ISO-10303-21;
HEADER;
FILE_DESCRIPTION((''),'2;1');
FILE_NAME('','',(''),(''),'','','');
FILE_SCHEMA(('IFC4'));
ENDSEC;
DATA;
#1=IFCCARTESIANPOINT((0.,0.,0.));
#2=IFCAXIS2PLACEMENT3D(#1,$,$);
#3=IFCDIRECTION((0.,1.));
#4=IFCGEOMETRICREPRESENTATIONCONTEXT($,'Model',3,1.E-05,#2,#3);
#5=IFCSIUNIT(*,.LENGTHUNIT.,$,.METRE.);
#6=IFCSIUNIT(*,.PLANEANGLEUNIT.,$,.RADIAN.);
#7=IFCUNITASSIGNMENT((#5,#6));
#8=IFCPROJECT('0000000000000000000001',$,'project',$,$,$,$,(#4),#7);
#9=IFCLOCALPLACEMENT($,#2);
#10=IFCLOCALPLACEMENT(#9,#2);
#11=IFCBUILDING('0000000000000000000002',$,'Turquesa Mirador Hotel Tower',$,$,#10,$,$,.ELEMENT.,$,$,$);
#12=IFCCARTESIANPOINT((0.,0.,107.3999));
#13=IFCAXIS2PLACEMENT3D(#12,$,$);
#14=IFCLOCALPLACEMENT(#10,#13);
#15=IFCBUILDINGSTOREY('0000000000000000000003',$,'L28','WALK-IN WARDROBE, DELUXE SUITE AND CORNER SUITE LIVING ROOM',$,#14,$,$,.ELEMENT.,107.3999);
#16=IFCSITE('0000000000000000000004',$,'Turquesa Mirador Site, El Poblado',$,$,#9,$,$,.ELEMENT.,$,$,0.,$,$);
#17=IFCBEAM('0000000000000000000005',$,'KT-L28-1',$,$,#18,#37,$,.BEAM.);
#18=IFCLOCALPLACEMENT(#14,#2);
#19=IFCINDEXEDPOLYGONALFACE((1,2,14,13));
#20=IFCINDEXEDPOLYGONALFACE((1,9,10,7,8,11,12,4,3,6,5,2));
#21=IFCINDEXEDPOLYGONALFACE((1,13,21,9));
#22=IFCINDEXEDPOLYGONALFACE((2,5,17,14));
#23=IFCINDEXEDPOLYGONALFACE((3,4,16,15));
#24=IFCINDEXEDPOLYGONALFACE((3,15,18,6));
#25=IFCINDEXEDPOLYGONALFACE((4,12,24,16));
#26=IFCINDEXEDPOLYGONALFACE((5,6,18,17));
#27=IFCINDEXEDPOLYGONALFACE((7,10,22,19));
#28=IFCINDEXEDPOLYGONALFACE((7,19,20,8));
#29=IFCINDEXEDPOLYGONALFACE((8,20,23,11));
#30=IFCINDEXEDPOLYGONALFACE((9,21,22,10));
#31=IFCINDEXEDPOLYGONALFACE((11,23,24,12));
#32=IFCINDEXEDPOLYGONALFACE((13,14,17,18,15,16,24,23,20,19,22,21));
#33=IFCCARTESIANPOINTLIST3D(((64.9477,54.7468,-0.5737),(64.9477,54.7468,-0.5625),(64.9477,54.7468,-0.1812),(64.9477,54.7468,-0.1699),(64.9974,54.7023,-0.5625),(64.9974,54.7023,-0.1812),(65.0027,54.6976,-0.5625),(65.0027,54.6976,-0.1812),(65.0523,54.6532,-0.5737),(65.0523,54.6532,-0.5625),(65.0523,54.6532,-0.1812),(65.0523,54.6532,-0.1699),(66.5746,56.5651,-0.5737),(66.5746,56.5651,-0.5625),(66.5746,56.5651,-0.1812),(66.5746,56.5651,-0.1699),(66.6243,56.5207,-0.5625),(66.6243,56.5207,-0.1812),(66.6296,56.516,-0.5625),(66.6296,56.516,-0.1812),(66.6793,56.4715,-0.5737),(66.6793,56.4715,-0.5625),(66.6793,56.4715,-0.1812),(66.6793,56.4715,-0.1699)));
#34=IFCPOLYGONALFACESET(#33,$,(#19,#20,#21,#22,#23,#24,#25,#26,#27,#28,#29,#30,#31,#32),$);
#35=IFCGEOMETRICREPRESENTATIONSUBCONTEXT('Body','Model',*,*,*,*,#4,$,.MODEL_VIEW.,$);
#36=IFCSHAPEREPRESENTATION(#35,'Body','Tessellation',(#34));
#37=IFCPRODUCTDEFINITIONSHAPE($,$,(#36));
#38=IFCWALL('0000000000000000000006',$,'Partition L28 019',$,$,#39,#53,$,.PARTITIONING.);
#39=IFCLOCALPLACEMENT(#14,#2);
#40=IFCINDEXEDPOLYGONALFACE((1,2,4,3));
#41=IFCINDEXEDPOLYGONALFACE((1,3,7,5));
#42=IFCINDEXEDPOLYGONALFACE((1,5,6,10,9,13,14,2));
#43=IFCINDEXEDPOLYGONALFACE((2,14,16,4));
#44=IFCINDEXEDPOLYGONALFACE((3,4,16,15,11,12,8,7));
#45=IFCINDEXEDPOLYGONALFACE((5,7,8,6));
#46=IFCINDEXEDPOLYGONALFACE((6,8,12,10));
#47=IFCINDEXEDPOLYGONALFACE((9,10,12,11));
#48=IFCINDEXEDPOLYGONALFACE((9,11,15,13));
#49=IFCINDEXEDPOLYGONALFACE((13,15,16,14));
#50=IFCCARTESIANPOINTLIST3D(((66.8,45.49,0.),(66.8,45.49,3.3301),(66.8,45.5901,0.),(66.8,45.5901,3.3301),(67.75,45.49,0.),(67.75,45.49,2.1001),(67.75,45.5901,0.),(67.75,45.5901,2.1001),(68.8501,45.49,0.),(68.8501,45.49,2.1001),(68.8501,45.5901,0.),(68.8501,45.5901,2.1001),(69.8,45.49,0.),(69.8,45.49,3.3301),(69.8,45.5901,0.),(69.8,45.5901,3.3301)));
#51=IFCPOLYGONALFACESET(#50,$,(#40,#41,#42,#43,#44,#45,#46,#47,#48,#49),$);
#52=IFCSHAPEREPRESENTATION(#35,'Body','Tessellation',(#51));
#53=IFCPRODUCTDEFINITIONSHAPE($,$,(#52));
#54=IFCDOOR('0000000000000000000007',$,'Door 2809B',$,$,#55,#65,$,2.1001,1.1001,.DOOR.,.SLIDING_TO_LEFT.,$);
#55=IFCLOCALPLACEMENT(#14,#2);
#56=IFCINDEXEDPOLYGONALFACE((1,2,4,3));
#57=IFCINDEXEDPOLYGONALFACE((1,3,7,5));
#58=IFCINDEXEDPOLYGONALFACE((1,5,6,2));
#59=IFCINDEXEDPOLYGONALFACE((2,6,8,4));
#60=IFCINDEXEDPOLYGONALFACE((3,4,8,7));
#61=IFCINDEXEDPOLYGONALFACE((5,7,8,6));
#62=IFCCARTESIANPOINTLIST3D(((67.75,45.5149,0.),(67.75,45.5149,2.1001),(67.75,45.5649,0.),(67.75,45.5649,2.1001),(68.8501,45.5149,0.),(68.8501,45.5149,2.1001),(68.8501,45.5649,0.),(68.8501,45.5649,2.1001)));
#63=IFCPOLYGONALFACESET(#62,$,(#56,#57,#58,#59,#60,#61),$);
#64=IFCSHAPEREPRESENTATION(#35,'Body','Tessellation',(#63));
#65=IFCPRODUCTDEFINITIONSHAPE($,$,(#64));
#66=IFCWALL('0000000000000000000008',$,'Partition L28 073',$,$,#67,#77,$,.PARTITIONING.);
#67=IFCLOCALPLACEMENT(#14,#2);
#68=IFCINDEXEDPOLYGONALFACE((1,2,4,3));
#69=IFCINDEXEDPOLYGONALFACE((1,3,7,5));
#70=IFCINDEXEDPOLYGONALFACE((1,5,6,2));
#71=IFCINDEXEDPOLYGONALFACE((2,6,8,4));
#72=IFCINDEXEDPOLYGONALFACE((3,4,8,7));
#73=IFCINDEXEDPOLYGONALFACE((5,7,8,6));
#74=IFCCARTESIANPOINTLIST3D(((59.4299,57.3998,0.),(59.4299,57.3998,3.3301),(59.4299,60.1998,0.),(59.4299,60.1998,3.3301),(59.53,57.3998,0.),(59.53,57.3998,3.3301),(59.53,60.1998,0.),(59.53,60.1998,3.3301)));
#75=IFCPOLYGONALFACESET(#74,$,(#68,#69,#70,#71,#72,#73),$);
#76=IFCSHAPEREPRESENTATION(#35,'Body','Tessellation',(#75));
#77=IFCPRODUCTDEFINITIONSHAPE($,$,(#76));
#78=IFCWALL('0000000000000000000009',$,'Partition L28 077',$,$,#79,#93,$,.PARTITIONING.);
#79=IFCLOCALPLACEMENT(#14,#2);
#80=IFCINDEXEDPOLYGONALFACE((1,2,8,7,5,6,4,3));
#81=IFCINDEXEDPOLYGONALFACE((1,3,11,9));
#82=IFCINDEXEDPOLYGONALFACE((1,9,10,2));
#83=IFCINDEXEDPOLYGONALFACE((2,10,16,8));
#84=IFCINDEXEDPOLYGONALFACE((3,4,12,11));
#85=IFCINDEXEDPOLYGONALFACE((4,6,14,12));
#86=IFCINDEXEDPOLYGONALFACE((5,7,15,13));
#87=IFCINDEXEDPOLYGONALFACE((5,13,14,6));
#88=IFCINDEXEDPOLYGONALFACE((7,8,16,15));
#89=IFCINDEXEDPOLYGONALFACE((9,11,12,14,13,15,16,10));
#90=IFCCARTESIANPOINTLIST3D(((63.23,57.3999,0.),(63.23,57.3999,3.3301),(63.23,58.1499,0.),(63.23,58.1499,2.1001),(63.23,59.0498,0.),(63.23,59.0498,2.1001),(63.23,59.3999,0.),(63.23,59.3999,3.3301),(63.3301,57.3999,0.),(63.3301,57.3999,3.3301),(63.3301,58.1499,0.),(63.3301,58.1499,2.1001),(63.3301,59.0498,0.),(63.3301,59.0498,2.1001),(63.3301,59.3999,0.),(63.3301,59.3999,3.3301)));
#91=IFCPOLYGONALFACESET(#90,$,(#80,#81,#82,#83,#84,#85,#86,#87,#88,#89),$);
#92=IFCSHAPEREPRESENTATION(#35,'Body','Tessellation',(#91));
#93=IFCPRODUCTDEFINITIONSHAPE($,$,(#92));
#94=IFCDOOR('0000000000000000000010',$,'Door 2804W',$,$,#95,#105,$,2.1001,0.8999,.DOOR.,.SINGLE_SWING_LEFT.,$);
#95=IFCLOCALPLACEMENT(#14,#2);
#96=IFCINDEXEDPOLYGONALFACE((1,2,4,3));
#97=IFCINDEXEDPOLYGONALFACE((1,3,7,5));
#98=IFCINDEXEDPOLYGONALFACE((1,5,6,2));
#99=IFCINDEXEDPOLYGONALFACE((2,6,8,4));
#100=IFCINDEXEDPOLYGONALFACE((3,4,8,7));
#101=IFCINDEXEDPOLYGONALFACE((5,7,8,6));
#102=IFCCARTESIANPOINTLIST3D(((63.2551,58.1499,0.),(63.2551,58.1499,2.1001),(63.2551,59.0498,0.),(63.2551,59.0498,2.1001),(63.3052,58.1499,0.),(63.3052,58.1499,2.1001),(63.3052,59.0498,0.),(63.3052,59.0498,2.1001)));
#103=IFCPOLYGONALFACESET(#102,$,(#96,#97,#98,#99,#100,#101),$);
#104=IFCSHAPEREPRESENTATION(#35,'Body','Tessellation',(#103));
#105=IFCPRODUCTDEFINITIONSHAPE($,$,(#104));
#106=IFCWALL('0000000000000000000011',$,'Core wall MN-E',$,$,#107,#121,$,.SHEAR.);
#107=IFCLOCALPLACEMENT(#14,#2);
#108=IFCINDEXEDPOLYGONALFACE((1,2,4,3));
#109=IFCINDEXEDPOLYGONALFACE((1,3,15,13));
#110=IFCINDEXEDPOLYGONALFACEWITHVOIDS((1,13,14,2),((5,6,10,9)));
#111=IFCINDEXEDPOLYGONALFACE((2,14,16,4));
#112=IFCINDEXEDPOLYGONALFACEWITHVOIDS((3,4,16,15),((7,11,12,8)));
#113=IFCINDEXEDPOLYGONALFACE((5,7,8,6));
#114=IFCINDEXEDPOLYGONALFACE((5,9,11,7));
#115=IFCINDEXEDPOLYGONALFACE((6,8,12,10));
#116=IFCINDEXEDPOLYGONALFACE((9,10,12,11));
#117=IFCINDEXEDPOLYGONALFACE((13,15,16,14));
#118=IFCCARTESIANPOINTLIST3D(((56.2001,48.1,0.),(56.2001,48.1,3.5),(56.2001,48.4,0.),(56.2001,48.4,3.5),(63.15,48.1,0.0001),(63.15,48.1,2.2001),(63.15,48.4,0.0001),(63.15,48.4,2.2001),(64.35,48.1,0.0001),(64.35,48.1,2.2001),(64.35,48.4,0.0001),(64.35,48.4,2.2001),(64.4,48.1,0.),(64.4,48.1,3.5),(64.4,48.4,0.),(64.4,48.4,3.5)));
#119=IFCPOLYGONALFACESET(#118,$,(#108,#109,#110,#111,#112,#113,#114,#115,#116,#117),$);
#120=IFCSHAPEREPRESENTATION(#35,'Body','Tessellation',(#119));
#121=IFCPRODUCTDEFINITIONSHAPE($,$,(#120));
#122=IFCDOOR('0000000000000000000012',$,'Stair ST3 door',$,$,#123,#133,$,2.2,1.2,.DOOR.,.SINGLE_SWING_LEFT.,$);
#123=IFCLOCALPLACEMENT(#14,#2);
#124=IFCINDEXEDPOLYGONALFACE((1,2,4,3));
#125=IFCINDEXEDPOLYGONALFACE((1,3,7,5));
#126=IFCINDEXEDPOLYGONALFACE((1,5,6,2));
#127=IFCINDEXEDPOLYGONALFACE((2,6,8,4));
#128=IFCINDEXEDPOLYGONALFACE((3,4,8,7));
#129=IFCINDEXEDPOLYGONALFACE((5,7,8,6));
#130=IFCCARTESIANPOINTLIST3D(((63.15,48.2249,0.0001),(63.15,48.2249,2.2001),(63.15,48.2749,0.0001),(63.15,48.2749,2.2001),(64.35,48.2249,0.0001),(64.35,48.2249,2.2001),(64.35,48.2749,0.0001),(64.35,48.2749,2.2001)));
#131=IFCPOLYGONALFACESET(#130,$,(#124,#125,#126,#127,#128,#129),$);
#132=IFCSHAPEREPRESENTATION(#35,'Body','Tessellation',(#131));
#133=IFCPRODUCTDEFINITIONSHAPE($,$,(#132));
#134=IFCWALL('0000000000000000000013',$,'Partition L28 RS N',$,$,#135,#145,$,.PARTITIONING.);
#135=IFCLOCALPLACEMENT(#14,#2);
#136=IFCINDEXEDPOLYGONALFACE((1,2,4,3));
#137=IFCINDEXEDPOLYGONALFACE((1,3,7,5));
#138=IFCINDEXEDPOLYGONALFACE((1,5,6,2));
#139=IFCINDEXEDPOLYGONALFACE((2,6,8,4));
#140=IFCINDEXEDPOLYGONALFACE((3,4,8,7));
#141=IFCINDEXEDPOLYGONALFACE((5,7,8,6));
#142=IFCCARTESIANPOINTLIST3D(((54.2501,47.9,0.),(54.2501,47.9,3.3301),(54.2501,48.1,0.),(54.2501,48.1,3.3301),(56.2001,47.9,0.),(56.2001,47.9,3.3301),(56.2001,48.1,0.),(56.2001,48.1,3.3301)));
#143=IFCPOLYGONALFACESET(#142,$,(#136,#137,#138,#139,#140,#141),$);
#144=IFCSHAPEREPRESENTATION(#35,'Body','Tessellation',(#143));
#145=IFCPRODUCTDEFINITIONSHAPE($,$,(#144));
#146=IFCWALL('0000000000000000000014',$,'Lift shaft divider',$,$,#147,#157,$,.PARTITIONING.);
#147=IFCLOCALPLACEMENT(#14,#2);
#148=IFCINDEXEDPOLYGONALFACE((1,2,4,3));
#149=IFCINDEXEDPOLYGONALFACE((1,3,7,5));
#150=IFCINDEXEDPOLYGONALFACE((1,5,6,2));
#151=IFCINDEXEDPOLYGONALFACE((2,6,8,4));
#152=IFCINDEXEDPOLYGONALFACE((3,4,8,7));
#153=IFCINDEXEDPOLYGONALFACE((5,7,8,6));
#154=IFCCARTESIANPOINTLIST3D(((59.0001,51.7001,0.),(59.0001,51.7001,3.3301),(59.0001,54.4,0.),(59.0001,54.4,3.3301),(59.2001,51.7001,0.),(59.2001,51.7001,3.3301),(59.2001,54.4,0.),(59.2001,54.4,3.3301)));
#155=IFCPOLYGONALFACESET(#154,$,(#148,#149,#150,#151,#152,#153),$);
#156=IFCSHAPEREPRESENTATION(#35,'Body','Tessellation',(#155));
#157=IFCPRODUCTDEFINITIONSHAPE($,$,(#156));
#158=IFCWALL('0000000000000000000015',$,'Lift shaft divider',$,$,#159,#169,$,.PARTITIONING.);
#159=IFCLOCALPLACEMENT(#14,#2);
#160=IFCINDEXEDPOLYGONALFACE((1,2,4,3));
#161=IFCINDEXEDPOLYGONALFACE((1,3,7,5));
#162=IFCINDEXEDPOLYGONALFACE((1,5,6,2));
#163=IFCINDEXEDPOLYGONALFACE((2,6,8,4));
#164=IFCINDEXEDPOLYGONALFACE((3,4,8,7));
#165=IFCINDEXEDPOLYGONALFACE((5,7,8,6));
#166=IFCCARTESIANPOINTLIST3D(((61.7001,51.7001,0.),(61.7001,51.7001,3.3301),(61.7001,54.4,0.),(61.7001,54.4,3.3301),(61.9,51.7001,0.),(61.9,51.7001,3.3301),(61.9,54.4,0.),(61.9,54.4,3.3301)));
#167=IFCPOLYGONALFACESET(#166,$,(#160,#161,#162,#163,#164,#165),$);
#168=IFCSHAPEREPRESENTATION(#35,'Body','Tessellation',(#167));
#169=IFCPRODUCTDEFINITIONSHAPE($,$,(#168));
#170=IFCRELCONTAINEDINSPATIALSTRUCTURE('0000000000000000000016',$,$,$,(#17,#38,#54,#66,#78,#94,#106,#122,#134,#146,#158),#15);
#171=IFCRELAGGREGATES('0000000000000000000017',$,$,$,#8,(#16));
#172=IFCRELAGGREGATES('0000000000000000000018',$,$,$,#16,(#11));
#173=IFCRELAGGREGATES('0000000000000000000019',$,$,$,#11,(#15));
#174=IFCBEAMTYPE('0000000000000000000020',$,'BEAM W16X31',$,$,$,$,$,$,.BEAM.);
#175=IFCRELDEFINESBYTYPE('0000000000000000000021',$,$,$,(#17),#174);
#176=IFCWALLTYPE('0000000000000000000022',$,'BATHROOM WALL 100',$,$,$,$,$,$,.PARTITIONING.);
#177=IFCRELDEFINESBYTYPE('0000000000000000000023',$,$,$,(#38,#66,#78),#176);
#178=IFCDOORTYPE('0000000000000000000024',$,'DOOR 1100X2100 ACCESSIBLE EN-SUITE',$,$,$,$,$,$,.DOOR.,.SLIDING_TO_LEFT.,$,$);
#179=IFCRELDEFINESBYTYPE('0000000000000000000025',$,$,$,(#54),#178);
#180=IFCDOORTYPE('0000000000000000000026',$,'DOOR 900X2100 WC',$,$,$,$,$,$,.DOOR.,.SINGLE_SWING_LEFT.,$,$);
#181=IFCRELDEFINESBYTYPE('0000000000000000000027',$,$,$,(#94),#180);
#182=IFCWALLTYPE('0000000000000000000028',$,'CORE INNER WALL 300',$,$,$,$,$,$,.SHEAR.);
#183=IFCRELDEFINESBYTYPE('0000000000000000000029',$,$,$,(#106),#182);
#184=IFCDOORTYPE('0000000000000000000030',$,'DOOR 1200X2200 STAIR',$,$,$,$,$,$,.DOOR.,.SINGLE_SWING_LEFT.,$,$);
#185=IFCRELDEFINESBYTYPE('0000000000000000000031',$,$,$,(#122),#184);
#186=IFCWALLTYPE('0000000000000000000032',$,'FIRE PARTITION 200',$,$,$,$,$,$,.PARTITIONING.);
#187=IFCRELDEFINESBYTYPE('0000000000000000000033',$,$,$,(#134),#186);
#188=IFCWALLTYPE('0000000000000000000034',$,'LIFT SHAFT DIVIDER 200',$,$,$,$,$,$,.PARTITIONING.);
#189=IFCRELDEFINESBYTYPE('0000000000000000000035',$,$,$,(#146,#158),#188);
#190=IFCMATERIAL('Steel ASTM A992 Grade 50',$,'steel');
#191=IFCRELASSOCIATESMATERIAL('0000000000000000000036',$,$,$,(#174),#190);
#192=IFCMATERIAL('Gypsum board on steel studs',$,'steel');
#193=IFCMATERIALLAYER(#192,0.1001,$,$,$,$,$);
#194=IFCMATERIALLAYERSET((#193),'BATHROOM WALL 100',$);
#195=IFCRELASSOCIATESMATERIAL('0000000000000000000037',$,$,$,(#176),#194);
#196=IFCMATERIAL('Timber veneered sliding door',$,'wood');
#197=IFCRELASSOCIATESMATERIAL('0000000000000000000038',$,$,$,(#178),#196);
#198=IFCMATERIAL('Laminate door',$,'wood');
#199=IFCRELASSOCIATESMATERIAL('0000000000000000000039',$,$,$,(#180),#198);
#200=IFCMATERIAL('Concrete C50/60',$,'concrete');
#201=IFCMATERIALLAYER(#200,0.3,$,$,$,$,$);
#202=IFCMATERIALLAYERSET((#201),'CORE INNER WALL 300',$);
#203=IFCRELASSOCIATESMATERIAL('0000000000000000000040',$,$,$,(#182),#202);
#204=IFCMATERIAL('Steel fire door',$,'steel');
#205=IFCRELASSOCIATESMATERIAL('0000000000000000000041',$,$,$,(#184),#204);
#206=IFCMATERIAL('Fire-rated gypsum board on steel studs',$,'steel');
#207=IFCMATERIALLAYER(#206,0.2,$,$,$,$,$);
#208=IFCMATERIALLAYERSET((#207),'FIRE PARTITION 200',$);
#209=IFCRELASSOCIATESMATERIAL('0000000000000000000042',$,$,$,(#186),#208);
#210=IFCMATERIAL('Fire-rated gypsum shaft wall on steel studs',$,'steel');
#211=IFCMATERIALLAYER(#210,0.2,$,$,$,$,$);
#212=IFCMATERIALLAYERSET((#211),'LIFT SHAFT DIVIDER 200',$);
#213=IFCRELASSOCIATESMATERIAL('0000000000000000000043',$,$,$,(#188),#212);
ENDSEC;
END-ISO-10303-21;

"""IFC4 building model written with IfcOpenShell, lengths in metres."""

from ifc_helpers import new_model, si_unit, direction, frame, frame_2d, origin, origin_2d, place, context, subcontext, project, spatial, rectangle, i_section, extrude, material, layer, layer_set, material_profile, profile_set, type_object, element, fill, save


model = new_model("IFC4")

# Units and contexts
model_context = context("Model", 3, precision=1e-05, world=origin(), true_north=direction((0.0, 1.0)))
body_context = subcontext(model_context, "Body", "Model", "MODEL_VIEW")
ifc_project = project(units=[si_unit("LENGTHUNIT", "METRE"), si_unit("PLANEANGLEUNIT", "RADIAN")], contexts=[model_context])

# Site, building, storey
site_placement = place(None, origin())
site = spatial("IfcSite", under=ifc_project, at=site_placement, Name="Turquesa Mirador Site, El Poblado", CompositionType="ELEMENT", RefElevation=0.0)
building_placement = place(site_placement, origin())
building = spatial("IfcBuilding", under=site, at=building_placement, Name="Turquesa Mirador Hotel Tower", CompositionType="ELEMENT")
storey_placement = place(building_placement, frame((0.0, 0.0, 107.3999)))
storey = spatial("IfcBuildingStorey", under=building, at=storey_placement, Name="L28", Description="WALK-IN WARDROBE, DELUXE SUITE AND CORNER SUITE LIVING ROOM", CompositionType="ELEMENT", Elevation=107.3999)

# Beam
ifc_material_1 = material(Name="Steel ASTM A992 Grade 50", Category="steel")
ifc_material_profile = material_profile(ifc_material_1, i_section(OverallWidth=0.1404, OverallDepth=0.4038, WebThickness=0.0071, FlangeThickness=0.0112, at=origin_2d()), Name="W16X31")
ifc_profile_set = profile_set([ifc_material_profile], Name="Steel ASTM A992 Grade 50")
beam_type = type_object("IfcBeamType", Name="BEAM W16X31", PredefinedType="BEAM", material=ifc_profile_set)
beam_placement = place(storey_placement, frame((66.627, 56.5183, -0.3718), z_axis=(-0.666795, -0.745241, 0.0), x_axis=(0.745241, -0.666795, 0.0)))
element("IfcBeam", 1, at=beam_placement, inside=storey, type_object=beam_type, Name="KT-L28-1", PredefinedType="BEAM", context=body_context, shape_type="SweptSolid", body=[
    extrude(i_section(OverallWidth=0.1404, OverallDepth=0.4038, WebThickness=0.0071, FlangeThickness=0.0112, at=origin_2d()), origin(), (0.0, 0.0, 1.0), 2.4399),
])

# Wall, opening, door
ifc_material_2 = material(Name="Gypsum board on steel studs", Category="steel")
ifc_layer_1 = layer(ifc_material_2, 0.1001)
ifc_layer_set_1 = layer_set([ifc_layer_1], Name="BATHROOM WALL 100")
wall_type_1 = type_object("IfcWallType", Name="BATHROOM WALL 100", PredefinedType="PARTITIONING", material=ifc_layer_set_1)
wall_1_placement = place(storey_placement, frame((66.8, 45.54, 0.0), z_axis=(0.0, 0.0, 1.0), x_axis=(1.0, 0.0, 0.0)))
wall_1 = element("IfcWall", 2, at=wall_1_placement, inside=storey, type_object=wall_type_1, Name="Partition L28 019", PredefinedType="PARTITIONING", context=body_context, shape_type="SweptSolid", body=[
    extrude(rectangle(XDim=3.0, YDim=0.1001, at=frame_2d((1.5, 0.0))), origin(), (0.0, 0.0, 1.0), 3.3301),
])
opening_1_placement = place(wall_1_placement, frame((0.95, 0.0, 0.0)))
opening_1 = element("IfcOpeningElement", 3, at=opening_1_placement, cuts=wall_1, PredefinedType="OPENING", context=body_context, shape_type="SweptSolid", body=[
    extrude(rectangle(XDim=1.1001, YDim=2.1001, at=frame_2d((0.55, 1.05))), frame((0.0, 0.0601, 0.0), z_axis=(0.0, -1.0, 0.0), x_axis=(1.0, 0.0, 0.0)), (0.0, 0.0, 1.0), 0.1201),
])
ifc_material_3 = material(Name="Timber veneered sliding door", Category="wood")
door_type_1 = type_object("IfcDoorType", Name="DOOR 1100X2100 ACCESSIBLE EN-SUITE", OperationType="SLIDING_TO_LEFT", PredefinedType="DOOR", material=ifc_material_3)
door_1_placement = place(opening_1_placement, origin())
door_1 = element("IfcDoor", 4, at=door_1_placement, inside=storey, type_object=door_type_1, Name="Door 2809B", OperationType="SLIDING_TO_LEFT", OverallHeight=2.1001, OverallWidth=1.1001, PredefinedType="DOOR", context=body_context, shape_type="SweptSolid", body=[
    extrude(rectangle(XDim=1.1001, YDim=2.1001, at=frame_2d((0.55, 1.05))), frame((0.0, 0.0249, 0.0), z_axis=(0.0, -1.0, 0.0), x_axis=(1.0, 0.0, 0.0)), (0.0, 0.0, 1.0), 0.05),
])
fill(opening_1, door_1)

# Wall
wall_2_placement = place(storey_placement, frame((59.48, 57.3999, 0.0), z_axis=(0.0, 0.0, 1.0), x_axis=(0.0, 1.0, 0.0)))
element("IfcWall", 5, at=wall_2_placement, inside=storey, type_object=wall_type_1, Name="Partition L28 073", PredefinedType="PARTITIONING", context=body_context, shape_type="SweptSolid", body=[
    extrude(rectangle(XDim=2.8, YDim=0.1001, at=frame_2d((1.3999, 0.0))), origin(), (0.0, 0.0, 1.0), 3.3301),
])

# Walls, openings, doors
wall_3_placement = place(storey_placement, frame((63.28, 57.3999, 0.0), z_axis=(0.0, 0.0, 1.0), x_axis=(0.0, 1.0, 0.0)))
wall_3 = element("IfcWall", 6, at=wall_3_placement, inside=storey, type_object=wall_type_1, Name="Partition L28 077", PredefinedType="PARTITIONING", context=body_context, shape_type="SweptSolid", body=[
    extrude(rectangle(XDim=2.0, YDim=0.1001, at=frame_2d((1.0, 0.0))), origin(), (0.0, 0.0, 1.0), 3.3301),
])
opening_2_placement = place(wall_3_placement, frame((0.75, 0.0, 0.0)))
opening_2 = element("IfcOpeningElement", 7, at=opening_2_placement, cuts=wall_3, PredefinedType="OPENING", context=body_context, shape_type="SweptSolid", body=[
    extrude(rectangle(XDim=0.8999, YDim=2.1001, at=frame_2d((0.45, 1.05))), frame((0.0, 0.0601, 0.0), z_axis=(0.0, -1.0, 0.0), x_axis=(1.0, 0.0, 0.0)), (0.0, 0.0, 1.0), 0.1201),
])
ifc_material_4 = material(Name="Laminate door", Category="wood")
door_type_2 = type_object("IfcDoorType", Name="DOOR 900X2100 WC", OperationType="SINGLE_SWING_LEFT", PredefinedType="DOOR", material=ifc_material_4)
door_2_placement = place(opening_2_placement, origin())
door_2 = element("IfcDoor", 8, at=door_2_placement, inside=storey, type_object=door_type_2, Name="Door 2804W", OperationType="SINGLE_SWING_LEFT", OverallHeight=2.1001, OverallWidth=0.8999, PredefinedType="DOOR", context=body_context, shape_type="SweptSolid", body=[
    extrude(rectangle(XDim=0.8999, YDim=2.1001, at=frame_2d((0.45, 1.05))), frame((0.0, 0.0249, 0.0), z_axis=(0.0, -1.0, 0.0), x_axis=(1.0, 0.0, 0.0)), (0.0, 0.0, 1.0), 0.05),
])
fill(opening_2, door_2)
ifc_material_5 = material(Name="Concrete C50/60", Category="concrete")
ifc_layer_2 = layer(ifc_material_5, 0.3)
ifc_layer_set_2 = layer_set([ifc_layer_2], Name="CORE INNER WALL 300")
wall_type_2 = type_object("IfcWallType", Name="CORE INNER WALL 300", PredefinedType="SHEAR", material=ifc_layer_set_2)
wall_4_placement = place(storey_placement, frame((56.2, 48.25, 0.0), z_axis=(0.0, 0.0, 1.0), x_axis=(1.0, 0.0, 0.0)))
wall_4 = element("IfcWall", 9, at=wall_4_placement, inside=storey, type_object=wall_type_2, Name="Core wall MN-E", PredefinedType="SHEAR", context=body_context, shape_type="SweptSolid", body=[
    extrude(rectangle(XDim=8.2, YDim=0.3, at=frame_2d((4.1001, 0.0))), origin(), (0.0, 0.0, 1.0), 3.5),
])
opening_3_placement = place(wall_4_placement, frame((6.95, 0.0, 0.0)))
opening_3 = element("IfcOpeningElement", 10, at=opening_3_placement, cuts=wall_4, PredefinedType="OPENING", context=body_context, shape_type="SweptSolid", body=[
    extrude(rectangle(XDim=1.2, YDim=2.2, at=frame_2d((0.6001, 1.1001))), frame((0.0, 0.1599, 0.0), z_axis=(0.0, -1.0, 0.0), x_axis=(1.0, 0.0, 0.0)), (0.0, 0.0, 1.0), 0.3201),
])
ifc_material_6 = material(Name="Steel fire door", Category="steel")
door_type_3 = type_object("IfcDoorType", Name="DOOR 1200X2200 STAIR", OperationType="SINGLE_SWING_LEFT", PredefinedType="DOOR", material=ifc_material_6)
door_3_placement = place(opening_3_placement, origin())
door_3 = element("IfcDoor", 11, at=door_3_placement, inside=storey, type_object=door_type_3, Name="Stair ST3 door", OperationType="SINGLE_SWING_LEFT", OverallHeight=2.2, OverallWidth=1.2, PredefinedType="DOOR", context=body_context, shape_type="SweptSolid", body=[
    extrude(rectangle(XDim=1.2, YDim=2.2, at=frame_2d((0.6001, 1.1001))), frame((0.0, 0.0249, 0.0), z_axis=(0.0, -1.0, 0.0), x_axis=(1.0, 0.0, 0.0)), (0.0, 0.0, 1.0), 0.05),
])
fill(opening_3, door_3)

# Walls
ifc_material_7 = material(Name="Fire-rated gypsum board on steel studs", Category="steel")
ifc_layer_3 = layer(ifc_material_7, 0.2)
ifc_layer_set_3 = layer_set([ifc_layer_3], Name="FIRE PARTITION 200")
wall_type_3 = type_object("IfcWallType", Name="FIRE PARTITION 200", PredefinedType="PARTITIONING", material=ifc_layer_set_3)
wall_5_placement = place(storey_placement, frame((54.25, 48.0, 0.0), z_axis=(0.0, 0.0, 1.0), x_axis=(1.0, 0.0, 0.0)))
element("IfcWall", 12, at=wall_5_placement, inside=storey, type_object=wall_type_3, Name="Partition L28 RS N", PredefinedType="PARTITIONING", context=body_context, shape_type="SweptSolid", body=[
    extrude(rectangle(XDim=1.95, YDim=0.2, at=frame_2d((0.9751, 0.0))), origin(), (0.0, 0.0, 1.0), 3.3301),
])
ifc_material_8 = material(Name="Fire-rated gypsum shaft wall on steel studs", Category="steel")
ifc_layer_4 = layer(ifc_material_8, 0.2)
ifc_layer_set_4 = layer_set([ifc_layer_4], Name="LIFT SHAFT DIVIDER 200")
wall_type_4 = type_object("IfcWallType", Name="LIFT SHAFT DIVIDER 200", PredefinedType="PARTITIONING", material=ifc_layer_set_4)
for number, where, z_axis, x_axis, name in (
    (13, (59.1001, 51.7, 0.0), (0.0, 0.0, 1.0), (0.0, 1.0, 0.0), "Lift shaft divider"),
    (14, (61.8, 51.7, 0.0), (0.0, 0.0, 1.0), (0.0, 1.0, 0.0), "Lift shaft divider"),
):
    element("IfcWall", number, at=place(storey_placement, frame(where, z_axis=z_axis, x_axis=x_axis)), inside=storey, type_object=wall_type_4, Name=name, PredefinedType="PARTITIONING", context=body_context, shape_type="SweptSolid", body=[
        extrude(rectangle(XDim=2.7, YDim=0.2, at=frame_2d((1.3501, 0.0))), origin(), (0.0, 0.0, 1.0), 3.3301),
    ])

save(model, "model.ifc")
